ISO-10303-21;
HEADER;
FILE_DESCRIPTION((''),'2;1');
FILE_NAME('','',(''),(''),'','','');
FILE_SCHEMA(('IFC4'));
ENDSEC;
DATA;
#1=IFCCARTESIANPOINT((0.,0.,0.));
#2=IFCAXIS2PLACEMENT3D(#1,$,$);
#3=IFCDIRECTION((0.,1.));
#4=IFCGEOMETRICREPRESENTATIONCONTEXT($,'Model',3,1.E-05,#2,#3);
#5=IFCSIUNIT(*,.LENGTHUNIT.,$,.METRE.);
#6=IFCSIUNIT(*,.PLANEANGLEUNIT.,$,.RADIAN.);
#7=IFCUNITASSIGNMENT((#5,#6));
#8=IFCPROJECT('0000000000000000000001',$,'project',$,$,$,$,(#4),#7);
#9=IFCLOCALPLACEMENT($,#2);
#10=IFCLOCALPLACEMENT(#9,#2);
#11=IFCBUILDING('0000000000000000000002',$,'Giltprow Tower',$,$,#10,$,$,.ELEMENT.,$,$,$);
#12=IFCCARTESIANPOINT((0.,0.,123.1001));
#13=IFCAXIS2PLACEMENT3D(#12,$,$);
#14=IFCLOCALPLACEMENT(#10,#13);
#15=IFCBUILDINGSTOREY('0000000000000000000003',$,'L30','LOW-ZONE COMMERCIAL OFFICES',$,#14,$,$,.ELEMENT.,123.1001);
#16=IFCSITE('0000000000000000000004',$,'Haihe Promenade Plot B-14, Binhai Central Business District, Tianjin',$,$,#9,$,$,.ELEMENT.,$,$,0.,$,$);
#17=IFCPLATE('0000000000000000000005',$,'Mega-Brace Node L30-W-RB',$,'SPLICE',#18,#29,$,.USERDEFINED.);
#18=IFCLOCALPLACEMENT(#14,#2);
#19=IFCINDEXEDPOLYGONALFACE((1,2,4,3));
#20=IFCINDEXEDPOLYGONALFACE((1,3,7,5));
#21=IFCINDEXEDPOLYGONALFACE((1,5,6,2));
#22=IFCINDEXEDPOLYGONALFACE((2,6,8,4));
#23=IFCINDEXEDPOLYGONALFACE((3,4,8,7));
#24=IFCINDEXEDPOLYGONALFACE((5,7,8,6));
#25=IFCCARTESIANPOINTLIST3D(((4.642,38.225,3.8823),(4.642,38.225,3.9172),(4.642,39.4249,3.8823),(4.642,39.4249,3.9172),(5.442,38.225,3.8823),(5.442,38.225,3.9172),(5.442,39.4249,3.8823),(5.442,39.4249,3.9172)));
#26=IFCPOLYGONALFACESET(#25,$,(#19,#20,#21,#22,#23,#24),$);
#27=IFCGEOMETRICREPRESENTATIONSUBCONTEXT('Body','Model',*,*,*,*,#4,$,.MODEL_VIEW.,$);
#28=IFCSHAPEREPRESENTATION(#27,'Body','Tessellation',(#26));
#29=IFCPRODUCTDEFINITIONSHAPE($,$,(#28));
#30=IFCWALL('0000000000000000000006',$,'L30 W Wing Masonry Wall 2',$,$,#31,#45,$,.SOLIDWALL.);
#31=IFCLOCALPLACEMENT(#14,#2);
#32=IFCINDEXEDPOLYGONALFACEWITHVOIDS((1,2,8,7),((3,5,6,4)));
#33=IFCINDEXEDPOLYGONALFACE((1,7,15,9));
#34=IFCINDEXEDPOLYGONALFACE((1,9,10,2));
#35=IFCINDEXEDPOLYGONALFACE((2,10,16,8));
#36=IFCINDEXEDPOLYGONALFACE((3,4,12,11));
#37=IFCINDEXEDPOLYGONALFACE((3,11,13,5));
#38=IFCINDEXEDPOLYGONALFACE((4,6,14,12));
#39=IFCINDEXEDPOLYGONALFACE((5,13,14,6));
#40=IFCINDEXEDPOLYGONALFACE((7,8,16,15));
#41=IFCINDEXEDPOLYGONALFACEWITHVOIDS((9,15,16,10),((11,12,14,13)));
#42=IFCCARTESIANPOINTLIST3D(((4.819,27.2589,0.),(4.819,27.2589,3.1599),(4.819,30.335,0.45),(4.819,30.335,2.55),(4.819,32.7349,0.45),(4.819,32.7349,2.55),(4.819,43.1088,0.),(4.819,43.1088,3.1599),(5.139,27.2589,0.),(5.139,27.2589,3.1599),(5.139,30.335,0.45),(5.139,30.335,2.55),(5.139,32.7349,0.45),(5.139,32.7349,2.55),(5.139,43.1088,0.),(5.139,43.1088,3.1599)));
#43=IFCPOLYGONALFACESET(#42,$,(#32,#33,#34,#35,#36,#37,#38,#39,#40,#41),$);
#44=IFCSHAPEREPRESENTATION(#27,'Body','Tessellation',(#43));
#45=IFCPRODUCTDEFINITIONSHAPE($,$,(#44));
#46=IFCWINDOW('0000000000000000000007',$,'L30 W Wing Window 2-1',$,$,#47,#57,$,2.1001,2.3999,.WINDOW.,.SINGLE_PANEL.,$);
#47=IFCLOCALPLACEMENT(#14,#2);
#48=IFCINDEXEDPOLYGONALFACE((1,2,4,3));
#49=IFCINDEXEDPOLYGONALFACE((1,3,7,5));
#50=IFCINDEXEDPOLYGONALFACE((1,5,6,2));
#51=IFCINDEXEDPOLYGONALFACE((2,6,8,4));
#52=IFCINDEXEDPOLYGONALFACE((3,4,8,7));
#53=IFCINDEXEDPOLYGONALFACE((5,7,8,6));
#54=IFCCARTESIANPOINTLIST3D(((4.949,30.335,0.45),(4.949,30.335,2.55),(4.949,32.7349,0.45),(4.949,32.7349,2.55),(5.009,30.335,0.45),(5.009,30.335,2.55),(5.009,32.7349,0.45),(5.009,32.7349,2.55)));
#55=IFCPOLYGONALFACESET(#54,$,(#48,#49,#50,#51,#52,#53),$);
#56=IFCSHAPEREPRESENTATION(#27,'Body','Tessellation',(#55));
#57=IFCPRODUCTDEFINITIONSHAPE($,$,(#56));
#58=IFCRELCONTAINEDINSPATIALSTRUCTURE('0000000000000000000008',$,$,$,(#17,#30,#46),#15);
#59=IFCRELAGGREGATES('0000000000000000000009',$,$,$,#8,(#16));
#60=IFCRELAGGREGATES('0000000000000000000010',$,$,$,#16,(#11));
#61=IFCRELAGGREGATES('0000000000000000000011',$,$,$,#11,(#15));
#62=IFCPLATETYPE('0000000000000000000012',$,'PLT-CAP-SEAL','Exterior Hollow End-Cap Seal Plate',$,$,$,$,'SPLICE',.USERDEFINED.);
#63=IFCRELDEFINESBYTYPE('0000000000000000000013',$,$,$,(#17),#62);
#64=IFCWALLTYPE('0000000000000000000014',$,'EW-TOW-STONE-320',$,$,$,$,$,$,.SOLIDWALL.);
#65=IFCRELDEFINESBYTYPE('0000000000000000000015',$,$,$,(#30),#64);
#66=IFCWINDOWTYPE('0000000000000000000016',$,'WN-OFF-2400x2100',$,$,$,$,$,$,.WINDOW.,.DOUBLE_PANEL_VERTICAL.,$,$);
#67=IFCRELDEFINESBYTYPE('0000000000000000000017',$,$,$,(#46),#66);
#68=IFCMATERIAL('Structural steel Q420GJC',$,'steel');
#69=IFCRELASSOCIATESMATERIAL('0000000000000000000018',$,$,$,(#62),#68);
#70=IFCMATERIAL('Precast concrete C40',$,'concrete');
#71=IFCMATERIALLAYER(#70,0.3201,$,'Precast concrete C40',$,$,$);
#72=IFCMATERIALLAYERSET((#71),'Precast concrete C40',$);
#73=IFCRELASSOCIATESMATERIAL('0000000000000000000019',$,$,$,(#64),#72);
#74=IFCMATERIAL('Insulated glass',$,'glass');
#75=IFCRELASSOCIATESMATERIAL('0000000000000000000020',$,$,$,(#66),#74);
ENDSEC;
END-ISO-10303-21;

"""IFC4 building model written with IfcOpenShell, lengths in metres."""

from ifc_helpers import new_model, si_unit, direction, frame, frame_2d, origin, origin_2d, place, context, subcontext, project, spatial, rectangle, extrude, source, transform, mapped, material, layer, layer_set, type_object, element, fill, save


model = new_model("IFC4")

# Units and contexts
model_context = context("Model", 3, precision=1e-05, world=origin(), true_north=direction((0.0, 1.0)))
body_context = subcontext(model_context, "Body", "Model", "MODEL_VIEW")
ifc_project = project(units=[si_unit("LENGTHUNIT", "METRE"), si_unit("PLANEANGLEUNIT", "RADIAN")], contexts=[model_context])

# Site, building, storey
site_placement = place(None, origin())
site = spatial("IfcSite", under=ifc_project, at=site_placement, Name="Haihe Promenade Plot B-14, Binhai Central Business District, Tianjin", CompositionType="ELEMENT", RefElevation=0.0)
building_placement = place(site_placement, origin())
building = spatial("IfcBuilding", under=site, at=building_placement, Name="Giltprow Tower", CompositionType="ELEMENT")
storey_placement = place(building_placement, frame((0.0, 0.0, 123.1001)))
storey = spatial("IfcBuildingStorey", under=building, at=storey_placement, Name="L30", Description="LOW-ZONE COMMERCIAL OFFICES", CompositionType="ELEMENT", Elevation=123.1001)

# Shared definitions
ifc_material_1 = material(Name="Structural steel Q420GJC", Category="steel")

# Plate
plate_type = type_object("IfcPlateType", Name="PLT-CAP-SEAL", Description="Exterior Hollow End-Cap Seal Plate", ElementType="SPLICE", PredefinedType="USERDEFINED", material=ifc_material_1)
shared_shape_1 = source(origin(), body_context, "Body", "SweptSolid", [
    extrude(rectangle(XDim=1.2, YDim=0.8, at=origin_2d()), origin(), (0.0, 0.0, 1.0), 0.0349),
])
plate_placement = place(storey_placement, frame((5.042, 38.825, 3.8823), z_axis=(0.0, 0.0, 1.0), x_axis=(0.0, 1.0, 0.0)))
element("IfcPlate", 1, at=plate_placement, inside=storey, type_object=plate_type, Name="Mega-Brace Node L30-W-RB", ObjectType="SPLICE", PredefinedType="USERDEFINED", context=body_context, shape_type="MappedRepresentation", body=[
    mapped(shared_shape_1, transform((0.0, 0.0, 0.0), x_axis=(1.0, 0.0, 0.0), y_axis=(0.0, 1.0, 0.0), z_axis=(0.0, 0.0, 1.0), scale=1.0)),
])

# Wall, opening, window
ifc_material_2 = material(Name="Precast concrete C40", Category="concrete")
ifc_layer_1 = layer(ifc_material_2, 0.3201, Name="Precast concrete C40")
ifc_layer_set_1 = layer_set([ifc_layer_1], Name="Precast concrete C40")
wall_type_1 = type_object("IfcWallType", Name="EW-TOW-STONE-320", PredefinedType="SOLIDWALL", material=ifc_layer_set_1)
wall_1_placement = place(storey_placement, frame((4.979, 27.259, 0.0), z_axis=(0.0, 0.0, 1.0), x_axis=(0.0, 1.0, 0.0)))
wall_1 = element("IfcWall", 2, at=wall_1_placement, inside=storey, type_object=wall_type_1, Name="L30 W Wing Masonry Wall 2", PredefinedType="SOLIDWALL", context=body_context, shape_type="SweptSolid", body=[
    extrude(rectangle(XDim=15.8499, YDim=0.3201, at=frame_2d((7.9248, 0.0))), origin(), (0.0, 0.0, 1.0), 3.1599),
])
opening_1_placement = place(wall_1_placement, frame((3.0759, 0.0, 0.45)))
opening_1 = element("IfcOpeningElement", 3, at=opening_1_placement, cuts=wall_1, PredefinedType="OPENING", context=body_context, shape_type="SweptSolid", body=[
    extrude(rectangle(XDim=2.3999, YDim=2.1001, at=frame_2d((1.2, 1.05))), frame((0.0, 0.1699, 0.0), z_axis=(0.0, -1.0, 0.0), x_axis=(1.0, 0.0, 0.0)), (0.0, 0.0, 1.0), 0.3401),
])
ifc_material_3 = material(Name="Insulated glass", Category="glass")
window_type = type_object("IfcWindowType", Name="WN-OFF-2400x2100", PartitioningType="DOUBLE_PANEL_VERTICAL", PredefinedType="WINDOW", material=ifc_material_3)
shared_shape_2 = source(origin(), body_context, "Body", "SweptSolid", [
    extrude(rectangle(XDim=2.3999, YDim=2.1001, at=frame_2d((1.2, 1.05))), frame((0.0, 0.03, 0.0), z_axis=(0.0, -1.0, 0.0), x_axis=(1.0, 0.0, 0.0)), (0.0, 0.0, 1.0), 0.0601),
])
window_placement = place(opening_1_placement, origin())
window = element("IfcWindow", 4, at=window_placement, inside=storey, type_object=window_type, Name="L30 W Wing Window 2-1", OverallHeight=2.1001, OverallWidth=2.3999, PartitioningType="SINGLE_PANEL", PredefinedType="WINDOW", context=body_context, shape_type="MappedRepresentation", body=[
    mapped(shared_shape_2, transform((0.0, 0.0, 0.0), x_axis=(1.0, 0.0, 0.0), y_axis=(0.0, 1.0, 0.0), z_axis=(0.0, 0.0, 1.0), scale=1.0)),
])
fill(opening_1, window)

save(model, "model.ifc")
